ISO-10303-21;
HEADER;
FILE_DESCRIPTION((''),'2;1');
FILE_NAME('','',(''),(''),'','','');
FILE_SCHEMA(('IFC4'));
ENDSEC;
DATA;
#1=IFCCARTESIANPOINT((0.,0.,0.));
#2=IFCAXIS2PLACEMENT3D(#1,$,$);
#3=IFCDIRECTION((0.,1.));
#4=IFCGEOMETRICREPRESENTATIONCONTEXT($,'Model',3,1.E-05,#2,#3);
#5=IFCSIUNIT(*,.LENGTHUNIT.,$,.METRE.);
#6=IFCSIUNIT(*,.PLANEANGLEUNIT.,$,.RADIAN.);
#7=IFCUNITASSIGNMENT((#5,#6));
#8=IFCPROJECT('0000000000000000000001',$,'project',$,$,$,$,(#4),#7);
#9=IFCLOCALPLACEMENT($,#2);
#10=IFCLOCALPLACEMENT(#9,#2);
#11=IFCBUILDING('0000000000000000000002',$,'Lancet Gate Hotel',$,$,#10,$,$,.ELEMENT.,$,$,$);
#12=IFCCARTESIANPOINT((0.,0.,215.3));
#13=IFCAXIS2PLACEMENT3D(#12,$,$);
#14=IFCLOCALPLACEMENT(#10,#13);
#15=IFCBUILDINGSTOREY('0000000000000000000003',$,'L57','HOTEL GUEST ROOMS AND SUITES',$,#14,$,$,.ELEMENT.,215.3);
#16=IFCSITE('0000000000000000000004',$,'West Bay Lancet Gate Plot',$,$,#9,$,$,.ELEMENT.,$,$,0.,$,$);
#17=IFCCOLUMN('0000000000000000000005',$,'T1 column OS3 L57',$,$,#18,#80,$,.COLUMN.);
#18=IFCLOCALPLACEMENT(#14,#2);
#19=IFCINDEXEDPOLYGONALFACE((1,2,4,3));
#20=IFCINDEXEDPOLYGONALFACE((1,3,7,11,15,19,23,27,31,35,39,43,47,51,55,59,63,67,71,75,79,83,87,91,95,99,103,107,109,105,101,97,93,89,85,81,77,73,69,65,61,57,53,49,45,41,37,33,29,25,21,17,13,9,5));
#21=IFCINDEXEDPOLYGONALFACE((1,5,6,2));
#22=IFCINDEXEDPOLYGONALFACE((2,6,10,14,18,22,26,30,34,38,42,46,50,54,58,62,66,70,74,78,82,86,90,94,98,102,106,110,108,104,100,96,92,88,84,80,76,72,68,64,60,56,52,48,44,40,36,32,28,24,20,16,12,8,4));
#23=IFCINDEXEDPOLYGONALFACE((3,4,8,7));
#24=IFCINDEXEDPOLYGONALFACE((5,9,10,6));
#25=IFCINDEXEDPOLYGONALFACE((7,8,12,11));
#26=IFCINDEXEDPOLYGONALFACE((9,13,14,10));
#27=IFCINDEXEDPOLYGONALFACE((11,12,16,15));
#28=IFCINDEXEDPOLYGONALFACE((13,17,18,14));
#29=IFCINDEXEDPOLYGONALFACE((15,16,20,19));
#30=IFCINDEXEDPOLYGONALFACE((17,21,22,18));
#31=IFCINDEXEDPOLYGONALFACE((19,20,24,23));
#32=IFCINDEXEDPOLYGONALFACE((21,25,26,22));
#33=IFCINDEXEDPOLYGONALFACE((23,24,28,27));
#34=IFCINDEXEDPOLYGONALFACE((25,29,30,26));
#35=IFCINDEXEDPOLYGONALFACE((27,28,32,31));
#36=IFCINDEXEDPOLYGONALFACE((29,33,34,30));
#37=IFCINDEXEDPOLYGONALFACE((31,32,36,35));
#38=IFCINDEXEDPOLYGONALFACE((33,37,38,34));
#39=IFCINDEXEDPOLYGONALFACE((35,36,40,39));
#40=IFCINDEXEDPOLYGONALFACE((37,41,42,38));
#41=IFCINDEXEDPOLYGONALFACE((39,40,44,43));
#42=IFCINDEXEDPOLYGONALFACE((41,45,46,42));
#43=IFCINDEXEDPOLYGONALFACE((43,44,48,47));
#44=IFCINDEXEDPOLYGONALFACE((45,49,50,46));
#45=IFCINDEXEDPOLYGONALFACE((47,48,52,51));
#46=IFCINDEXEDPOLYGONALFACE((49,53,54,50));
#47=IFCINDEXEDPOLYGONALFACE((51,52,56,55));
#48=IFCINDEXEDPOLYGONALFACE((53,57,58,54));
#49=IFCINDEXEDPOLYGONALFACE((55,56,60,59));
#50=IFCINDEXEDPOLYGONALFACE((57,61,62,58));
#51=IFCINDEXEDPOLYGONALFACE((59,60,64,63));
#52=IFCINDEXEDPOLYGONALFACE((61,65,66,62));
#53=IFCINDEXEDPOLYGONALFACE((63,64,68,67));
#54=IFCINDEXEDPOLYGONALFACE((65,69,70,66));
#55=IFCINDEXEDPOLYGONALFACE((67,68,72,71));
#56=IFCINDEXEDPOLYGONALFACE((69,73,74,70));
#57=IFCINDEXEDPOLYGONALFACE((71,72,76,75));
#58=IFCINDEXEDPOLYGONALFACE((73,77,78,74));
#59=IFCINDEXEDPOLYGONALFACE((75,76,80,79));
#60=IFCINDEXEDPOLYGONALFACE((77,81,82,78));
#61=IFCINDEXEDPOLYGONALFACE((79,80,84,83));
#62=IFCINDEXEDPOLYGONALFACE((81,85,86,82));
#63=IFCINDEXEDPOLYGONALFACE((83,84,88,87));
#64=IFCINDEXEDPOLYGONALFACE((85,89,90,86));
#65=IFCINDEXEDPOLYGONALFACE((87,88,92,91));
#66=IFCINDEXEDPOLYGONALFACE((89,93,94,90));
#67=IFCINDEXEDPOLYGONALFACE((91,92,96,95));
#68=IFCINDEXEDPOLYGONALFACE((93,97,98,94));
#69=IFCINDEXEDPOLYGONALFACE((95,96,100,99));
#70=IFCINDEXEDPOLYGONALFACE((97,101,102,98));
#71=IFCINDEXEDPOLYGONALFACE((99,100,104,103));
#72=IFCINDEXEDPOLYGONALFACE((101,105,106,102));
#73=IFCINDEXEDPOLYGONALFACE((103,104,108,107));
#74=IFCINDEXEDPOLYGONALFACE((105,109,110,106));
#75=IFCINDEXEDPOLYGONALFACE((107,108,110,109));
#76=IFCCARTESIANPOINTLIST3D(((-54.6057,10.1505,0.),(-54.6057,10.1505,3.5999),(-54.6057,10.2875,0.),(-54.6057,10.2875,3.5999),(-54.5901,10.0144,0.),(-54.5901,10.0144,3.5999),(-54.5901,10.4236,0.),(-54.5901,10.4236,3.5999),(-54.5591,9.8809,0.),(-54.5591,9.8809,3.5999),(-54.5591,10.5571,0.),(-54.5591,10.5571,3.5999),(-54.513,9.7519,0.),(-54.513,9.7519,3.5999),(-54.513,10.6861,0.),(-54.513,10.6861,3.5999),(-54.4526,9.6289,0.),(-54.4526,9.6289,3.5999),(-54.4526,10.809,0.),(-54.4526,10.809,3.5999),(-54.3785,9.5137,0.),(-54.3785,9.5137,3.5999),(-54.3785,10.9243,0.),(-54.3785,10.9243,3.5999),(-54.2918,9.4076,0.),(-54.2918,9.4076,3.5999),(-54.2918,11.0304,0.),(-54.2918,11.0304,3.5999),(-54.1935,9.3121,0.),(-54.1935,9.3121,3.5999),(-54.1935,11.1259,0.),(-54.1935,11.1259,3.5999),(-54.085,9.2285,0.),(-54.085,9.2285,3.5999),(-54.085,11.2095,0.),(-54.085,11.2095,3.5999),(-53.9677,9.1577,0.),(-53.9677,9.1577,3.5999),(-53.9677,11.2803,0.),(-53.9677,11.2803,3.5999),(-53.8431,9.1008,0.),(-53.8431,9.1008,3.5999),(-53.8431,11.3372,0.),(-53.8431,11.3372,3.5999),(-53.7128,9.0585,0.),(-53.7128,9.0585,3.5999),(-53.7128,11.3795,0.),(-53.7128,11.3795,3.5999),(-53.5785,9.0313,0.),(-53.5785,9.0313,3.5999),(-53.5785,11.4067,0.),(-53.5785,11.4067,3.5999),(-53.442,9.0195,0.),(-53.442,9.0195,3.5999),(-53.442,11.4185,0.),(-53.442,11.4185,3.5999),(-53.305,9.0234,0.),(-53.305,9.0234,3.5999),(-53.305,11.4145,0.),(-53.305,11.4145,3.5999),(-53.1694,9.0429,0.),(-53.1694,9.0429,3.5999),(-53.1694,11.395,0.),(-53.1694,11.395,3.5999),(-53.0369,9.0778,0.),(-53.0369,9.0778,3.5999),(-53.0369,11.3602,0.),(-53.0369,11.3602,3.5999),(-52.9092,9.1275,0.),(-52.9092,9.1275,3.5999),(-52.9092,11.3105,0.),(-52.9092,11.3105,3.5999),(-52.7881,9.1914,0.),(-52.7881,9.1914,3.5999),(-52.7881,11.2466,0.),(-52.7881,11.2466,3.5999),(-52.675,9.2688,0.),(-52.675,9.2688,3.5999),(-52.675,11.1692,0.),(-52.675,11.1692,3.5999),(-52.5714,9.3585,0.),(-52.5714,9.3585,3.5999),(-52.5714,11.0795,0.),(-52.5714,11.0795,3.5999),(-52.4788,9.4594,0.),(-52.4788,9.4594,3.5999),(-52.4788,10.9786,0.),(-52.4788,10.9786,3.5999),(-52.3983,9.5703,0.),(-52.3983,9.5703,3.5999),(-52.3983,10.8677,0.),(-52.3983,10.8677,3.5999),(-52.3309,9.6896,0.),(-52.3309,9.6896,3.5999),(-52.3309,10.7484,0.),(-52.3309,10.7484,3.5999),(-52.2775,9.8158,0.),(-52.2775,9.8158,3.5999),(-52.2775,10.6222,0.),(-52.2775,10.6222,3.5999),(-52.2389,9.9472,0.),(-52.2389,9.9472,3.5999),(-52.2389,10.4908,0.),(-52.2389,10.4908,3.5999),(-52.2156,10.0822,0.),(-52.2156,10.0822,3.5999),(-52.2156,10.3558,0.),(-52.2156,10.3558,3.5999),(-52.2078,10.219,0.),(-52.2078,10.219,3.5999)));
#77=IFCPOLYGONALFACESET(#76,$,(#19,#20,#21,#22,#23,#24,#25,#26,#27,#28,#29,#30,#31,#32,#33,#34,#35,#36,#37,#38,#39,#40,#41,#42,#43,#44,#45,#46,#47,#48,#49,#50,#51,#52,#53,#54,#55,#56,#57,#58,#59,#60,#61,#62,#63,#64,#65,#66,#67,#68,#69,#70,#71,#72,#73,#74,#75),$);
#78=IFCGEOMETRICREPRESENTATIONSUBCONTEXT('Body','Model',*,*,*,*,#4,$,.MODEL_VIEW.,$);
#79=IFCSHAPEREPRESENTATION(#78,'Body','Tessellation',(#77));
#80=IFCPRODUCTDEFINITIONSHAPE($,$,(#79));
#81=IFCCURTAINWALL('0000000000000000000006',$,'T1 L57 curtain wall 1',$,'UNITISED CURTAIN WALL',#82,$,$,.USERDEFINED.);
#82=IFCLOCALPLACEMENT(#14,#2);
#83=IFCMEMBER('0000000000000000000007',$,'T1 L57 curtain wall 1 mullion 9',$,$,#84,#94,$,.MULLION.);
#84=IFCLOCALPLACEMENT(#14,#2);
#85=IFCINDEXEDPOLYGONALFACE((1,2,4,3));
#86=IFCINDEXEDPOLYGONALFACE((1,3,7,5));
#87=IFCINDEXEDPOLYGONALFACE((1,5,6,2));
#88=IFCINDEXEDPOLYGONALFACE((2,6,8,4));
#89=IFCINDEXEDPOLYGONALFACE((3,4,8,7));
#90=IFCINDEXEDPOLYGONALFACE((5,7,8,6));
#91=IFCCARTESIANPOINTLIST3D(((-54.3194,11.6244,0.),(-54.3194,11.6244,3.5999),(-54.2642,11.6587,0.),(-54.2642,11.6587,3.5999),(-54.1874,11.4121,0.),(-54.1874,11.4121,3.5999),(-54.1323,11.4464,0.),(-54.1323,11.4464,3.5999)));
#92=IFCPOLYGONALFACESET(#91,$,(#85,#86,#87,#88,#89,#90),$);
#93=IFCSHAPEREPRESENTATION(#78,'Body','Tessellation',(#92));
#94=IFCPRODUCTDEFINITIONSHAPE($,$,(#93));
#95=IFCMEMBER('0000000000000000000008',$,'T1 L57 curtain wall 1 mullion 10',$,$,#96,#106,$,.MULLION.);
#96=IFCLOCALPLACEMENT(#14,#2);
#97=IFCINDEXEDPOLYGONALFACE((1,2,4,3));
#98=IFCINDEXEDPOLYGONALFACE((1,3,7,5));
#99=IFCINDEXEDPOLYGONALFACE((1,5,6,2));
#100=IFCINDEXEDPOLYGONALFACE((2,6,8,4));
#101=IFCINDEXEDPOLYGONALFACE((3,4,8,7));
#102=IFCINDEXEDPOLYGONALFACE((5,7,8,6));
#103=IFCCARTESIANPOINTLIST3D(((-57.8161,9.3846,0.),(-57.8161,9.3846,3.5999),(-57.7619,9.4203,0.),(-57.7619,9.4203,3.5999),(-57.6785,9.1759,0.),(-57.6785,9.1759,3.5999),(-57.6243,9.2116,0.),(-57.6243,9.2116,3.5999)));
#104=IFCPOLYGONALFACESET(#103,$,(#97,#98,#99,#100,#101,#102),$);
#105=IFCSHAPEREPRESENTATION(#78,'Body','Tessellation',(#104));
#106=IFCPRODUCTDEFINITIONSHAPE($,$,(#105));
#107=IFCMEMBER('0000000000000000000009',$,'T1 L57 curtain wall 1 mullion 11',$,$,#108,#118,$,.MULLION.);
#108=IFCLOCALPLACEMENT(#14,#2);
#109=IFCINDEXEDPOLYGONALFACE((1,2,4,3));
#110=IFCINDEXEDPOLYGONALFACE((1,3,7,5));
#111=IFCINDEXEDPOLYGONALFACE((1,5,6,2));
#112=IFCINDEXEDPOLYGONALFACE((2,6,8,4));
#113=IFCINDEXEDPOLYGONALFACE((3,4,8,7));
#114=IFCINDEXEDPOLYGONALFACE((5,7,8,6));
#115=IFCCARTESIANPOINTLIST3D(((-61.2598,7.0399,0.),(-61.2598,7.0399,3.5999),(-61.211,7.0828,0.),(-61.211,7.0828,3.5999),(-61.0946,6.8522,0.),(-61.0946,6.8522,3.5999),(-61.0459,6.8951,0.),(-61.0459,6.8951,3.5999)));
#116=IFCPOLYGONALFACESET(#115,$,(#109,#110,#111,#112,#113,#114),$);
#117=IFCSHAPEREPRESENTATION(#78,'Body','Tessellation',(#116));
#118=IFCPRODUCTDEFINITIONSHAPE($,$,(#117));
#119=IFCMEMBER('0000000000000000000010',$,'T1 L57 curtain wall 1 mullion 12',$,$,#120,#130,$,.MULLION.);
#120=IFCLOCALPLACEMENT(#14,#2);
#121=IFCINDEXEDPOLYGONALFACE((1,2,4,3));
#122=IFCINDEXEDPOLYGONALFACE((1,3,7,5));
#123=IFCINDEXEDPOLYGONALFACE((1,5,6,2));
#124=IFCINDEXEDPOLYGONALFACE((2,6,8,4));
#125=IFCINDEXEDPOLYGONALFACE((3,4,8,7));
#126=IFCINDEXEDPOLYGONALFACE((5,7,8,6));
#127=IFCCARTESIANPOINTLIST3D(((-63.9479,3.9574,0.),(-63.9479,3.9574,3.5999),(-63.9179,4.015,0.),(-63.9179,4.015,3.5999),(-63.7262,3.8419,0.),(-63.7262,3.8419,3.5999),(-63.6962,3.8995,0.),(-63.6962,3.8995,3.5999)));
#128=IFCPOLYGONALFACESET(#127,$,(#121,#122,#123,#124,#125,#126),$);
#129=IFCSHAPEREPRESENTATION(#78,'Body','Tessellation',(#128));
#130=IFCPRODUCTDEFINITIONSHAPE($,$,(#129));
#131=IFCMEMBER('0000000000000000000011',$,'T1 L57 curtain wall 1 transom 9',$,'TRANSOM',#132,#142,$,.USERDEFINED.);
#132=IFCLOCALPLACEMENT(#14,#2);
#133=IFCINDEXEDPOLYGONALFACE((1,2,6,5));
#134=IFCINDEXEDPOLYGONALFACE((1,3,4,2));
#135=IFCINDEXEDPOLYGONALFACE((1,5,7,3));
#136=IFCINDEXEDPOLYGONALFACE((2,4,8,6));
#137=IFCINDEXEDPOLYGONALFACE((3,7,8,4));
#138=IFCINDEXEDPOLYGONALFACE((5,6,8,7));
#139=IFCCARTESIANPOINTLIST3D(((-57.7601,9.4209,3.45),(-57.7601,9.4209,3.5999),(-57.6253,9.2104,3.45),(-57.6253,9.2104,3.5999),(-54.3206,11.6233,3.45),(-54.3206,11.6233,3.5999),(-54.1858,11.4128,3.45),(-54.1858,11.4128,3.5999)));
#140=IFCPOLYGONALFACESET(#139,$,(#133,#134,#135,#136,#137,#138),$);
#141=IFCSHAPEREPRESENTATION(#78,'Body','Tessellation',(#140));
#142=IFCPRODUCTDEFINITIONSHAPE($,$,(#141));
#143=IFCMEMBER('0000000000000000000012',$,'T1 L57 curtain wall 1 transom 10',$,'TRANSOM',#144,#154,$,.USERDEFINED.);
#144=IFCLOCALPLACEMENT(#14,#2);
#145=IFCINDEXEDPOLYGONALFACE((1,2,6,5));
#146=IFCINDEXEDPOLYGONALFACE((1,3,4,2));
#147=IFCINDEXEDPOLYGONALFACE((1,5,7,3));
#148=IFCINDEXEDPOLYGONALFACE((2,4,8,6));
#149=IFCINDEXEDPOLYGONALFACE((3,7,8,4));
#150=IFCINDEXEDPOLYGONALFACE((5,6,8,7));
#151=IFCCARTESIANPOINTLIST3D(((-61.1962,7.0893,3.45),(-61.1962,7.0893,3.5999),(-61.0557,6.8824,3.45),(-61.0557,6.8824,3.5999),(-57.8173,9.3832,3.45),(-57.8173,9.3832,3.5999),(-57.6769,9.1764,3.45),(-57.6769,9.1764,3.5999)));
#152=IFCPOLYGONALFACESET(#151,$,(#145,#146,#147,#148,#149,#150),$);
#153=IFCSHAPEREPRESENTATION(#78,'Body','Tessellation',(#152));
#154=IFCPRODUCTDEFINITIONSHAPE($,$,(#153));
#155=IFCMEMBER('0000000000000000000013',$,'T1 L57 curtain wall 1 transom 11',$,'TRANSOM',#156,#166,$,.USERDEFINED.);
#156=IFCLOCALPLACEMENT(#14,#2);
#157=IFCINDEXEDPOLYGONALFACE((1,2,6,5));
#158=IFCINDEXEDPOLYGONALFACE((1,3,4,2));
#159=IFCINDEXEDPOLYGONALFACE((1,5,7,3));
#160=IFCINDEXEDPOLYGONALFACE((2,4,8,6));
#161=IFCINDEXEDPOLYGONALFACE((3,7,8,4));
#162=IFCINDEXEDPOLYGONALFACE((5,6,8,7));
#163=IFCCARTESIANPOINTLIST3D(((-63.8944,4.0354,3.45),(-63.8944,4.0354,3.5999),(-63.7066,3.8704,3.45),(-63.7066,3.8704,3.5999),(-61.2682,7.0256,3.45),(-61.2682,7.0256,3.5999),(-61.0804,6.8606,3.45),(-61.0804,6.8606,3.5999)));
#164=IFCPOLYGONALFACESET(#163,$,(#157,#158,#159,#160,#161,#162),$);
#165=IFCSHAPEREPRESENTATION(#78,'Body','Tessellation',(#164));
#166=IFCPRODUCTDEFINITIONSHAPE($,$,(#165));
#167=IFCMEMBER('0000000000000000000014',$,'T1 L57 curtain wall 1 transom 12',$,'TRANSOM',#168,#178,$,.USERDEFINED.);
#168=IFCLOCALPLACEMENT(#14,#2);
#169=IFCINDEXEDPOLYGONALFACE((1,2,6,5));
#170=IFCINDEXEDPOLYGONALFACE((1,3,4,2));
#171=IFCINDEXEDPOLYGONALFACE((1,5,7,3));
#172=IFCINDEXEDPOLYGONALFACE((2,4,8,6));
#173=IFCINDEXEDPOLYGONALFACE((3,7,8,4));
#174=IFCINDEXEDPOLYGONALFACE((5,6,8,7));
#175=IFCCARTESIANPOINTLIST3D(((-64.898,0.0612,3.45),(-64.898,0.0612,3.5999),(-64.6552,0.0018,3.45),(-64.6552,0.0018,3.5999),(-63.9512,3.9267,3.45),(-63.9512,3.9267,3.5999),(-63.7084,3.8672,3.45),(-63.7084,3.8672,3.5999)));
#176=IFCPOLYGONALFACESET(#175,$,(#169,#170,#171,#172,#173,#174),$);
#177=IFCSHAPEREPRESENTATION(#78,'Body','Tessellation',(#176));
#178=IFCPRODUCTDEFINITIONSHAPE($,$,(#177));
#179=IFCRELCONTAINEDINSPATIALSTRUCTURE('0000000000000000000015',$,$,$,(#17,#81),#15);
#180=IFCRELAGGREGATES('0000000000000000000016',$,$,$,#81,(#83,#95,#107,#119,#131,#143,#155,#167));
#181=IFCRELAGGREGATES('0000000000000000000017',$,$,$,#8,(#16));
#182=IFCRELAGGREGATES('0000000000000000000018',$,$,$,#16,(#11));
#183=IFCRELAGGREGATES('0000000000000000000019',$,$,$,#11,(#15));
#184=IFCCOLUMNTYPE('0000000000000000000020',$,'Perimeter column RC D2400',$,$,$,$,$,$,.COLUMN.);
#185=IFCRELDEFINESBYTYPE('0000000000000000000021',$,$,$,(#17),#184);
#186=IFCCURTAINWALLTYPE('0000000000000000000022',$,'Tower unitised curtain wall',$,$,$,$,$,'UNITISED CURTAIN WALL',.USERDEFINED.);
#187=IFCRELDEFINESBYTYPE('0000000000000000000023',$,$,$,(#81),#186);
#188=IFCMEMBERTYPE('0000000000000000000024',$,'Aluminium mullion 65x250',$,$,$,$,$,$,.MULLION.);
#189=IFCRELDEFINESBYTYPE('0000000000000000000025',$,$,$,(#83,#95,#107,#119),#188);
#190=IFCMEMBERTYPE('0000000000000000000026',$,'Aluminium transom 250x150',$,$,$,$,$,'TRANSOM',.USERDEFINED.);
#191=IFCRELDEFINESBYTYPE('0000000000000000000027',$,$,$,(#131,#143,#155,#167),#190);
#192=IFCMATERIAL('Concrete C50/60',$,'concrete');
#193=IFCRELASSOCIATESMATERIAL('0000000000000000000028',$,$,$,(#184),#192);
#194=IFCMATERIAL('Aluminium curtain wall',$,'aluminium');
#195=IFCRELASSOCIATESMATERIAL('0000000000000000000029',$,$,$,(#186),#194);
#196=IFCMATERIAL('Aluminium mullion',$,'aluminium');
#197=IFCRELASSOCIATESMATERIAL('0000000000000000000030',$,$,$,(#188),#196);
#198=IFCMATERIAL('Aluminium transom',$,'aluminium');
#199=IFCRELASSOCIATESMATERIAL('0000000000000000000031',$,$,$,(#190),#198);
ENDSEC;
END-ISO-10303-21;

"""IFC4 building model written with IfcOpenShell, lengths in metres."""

from ifc_helpers import new_model, si_unit, direction, frame, origin, origin_2d, place, context, subcontext, project, spatial, rectangle, circle, extrude, material, material_profile, profile_set, type_object, element, aggregate, save


model = new_model("IFC4")

# Units and contexts
model_context = context("Model", 3, precision=1e-05, world=origin(), true_north=direction((0.0, 1.0)))
body_context = subcontext(model_context, "Body", "Model", "MODEL_VIEW")
ifc_project = project(units=[si_unit("LENGTHUNIT", "METRE"), si_unit("PLANEANGLEUNIT", "RADIAN")], contexts=[model_context])

# Site, building, storey
site_placement = place(None, origin())
site = spatial("IfcSite", under=ifc_project, at=site_placement, Name="West Bay Lancet Gate Plot", CompositionType="ELEMENT", RefElevation=0.0)
building_placement = place(site_placement, origin())
building = spatial("IfcBuilding", under=site, at=building_placement, Name="Lancet Gate Hotel", CompositionType="ELEMENT")
storey_placement = place(building_placement, frame((0.0, 0.0, 215.3)))
storey = spatial("IfcBuildingStorey", under=building, at=storey_placement, Name="L57", Description="HOTEL GUEST ROOMS AND SUITES", CompositionType="ELEMENT", Elevation=215.3)

# Column
ifc_material_1 = material(Name="Concrete C50/60", Category="concrete")
ifc_material_profile_1 = material_profile(ifc_material_1, circle(Radius=1.2, at=origin_2d()), Name="RC D2400")
ifc_profile_set_1 = profile_set([ifc_material_profile_1], Name="Concrete C50/60")
column_type = type_object("IfcColumnType", Name="Perimeter column RC D2400", PredefinedType="COLUMN", material=ifc_profile_set_1)
column_placement = place(storey_placement, frame((-53.4077, 10.219, 0.0), z_axis=(0.0, 0.0, 1.0), x_axis=(1.0, 0.0, 0.0)))
element("IfcColumn", 1, at=column_placement, inside=storey, type_object=column_type, Name="T1 column OS3 L57", PredefinedType="COLUMN", context=body_context, shape_type="SweptSolid", body=[
    extrude(circle(Radius=1.2, at=origin_2d()), origin(), (0.0, 0.0, 1.0), 3.5999),
])

# Curtain wall, members
ifc_material_2 = material(Name="Aluminium curtain wall", Category="aluminium")
curtain_wall_type = type_object("IfcCurtainWallType", Name="Tower unitised curtain wall", ElementType="UNITISED CURTAIN WALL", PredefinedType="USERDEFINED", material=ifc_material_2)
curtain_wall_placement = place(storey_placement, origin())
curtain_wall = element("IfcCurtainWall", 2, at=curtain_wall_placement, inside=storey, type_object=curtain_wall_type, Name="T1 L57 curtain wall 1", ObjectType="UNITISED CURTAIN WALL", PredefinedType="USERDEFINED")
ifc_material_3 = material(Name="Aluminium mullion", Category="aluminium")
ifc_material_profile_2 = material_profile(ifc_material_3, rectangle(XDim=0.0649, YDim=0.25, at=origin_2d()), Name="MULLION 65x250")
ifc_profile_set_2 = profile_set([ifc_material_profile_2], Name="Aluminium mullion")
member_type_1 = type_object("IfcMemberType", Name="Aluminium mullion 65x250", PredefinedType="MULLION", material=ifc_profile_set_2)
member_1_placement = place(storey_placement, frame((-54.2258, 11.5354, 0.0), z_axis=(0.0, 0.0, 1.0), x_axis=(-0.849342, -0.527842, 0.0)))
member_1 = element("IfcMember", 3, at=member_1_placement, type_object=member_type_1, Name="T1 L57 curtain wall 1 mullion 9", PredefinedType="MULLION", context=body_context, shape_type="SweptSolid", body=[
    extrude(rectangle(XDim=0.0649, YDim=0.25, at=origin_2d()), origin(), (0.0, 0.0, 1.0), 3.5999),
])
member_2_placement = place(storey_placement, frame((-57.7202, 9.2981, 0.0), z_axis=(0.0, 0.0, 1.0), x_axis=(-0.834827, -0.550512, 0.0)))
member_2 = element("IfcMember", 4, at=member_2_placement, type_object=member_type_1, Name="T1 L57 curtain wall 1 mullion 10", PredefinedType="MULLION", context=body_context, shape_type="SweptSolid", body=[
    extrude(rectangle(XDim=0.0649, YDim=0.25, at=origin_2d()), origin(), (0.0, 0.0, 1.0), 3.5999),
])
member_3_placement = place(storey_placement, frame((-61.1528, 6.9675, 0.0), z_axis=(0.0, 0.0, 1.0), x_axis=(-0.750716, -0.660626, 0.0)))
member_3 = element("IfcMember", 5, at=member_3_placement, type_object=member_type_1, Name="T1 L57 curtain wall 1 mullion 11", PredefinedType="MULLION", context=body_context, shape_type="SweptSolid", body=[
    extrude(rectangle(XDim=0.0649, YDim=0.25, at=origin_2d()), origin(), (0.0, 0.0, 1.0), 3.5999),
])
member_4_placement = place(storey_placement, frame((-63.822, 3.9285, 0.0), z_axis=(0.0, 0.0, 1.0), x_axis=(-0.462178, -0.886787, 0.0)))
member_4 = element("IfcMember", 6, at=member_4_placement, type_object=member_type_1, Name="T1 L57 curtain wall 1 mullion 12", PredefinedType="MULLION", context=body_context, shape_type="SweptSolid", body=[
    extrude(rectangle(XDim=0.0649, YDim=0.25, at=origin_2d()), origin(), (0.0, 0.0, 1.0), 3.5999),
])
ifc_material_4 = material(Name="Aluminium transom", Category="aluminium")
ifc_material_profile_3 = material_profile(ifc_material_4, rectangle(XDim=0.25, YDim=0.1499, at=origin_2d()), Name="TRANSOM 250x150")
ifc_profile_set_3 = profile_set([ifc_material_profile_3], Name="Aluminium transom")
member_type_2 = type_object("IfcMemberType", Name="Aluminium transom 250x150", ElementType="TRANSOM", PredefinedType="USERDEFINED", material=ifc_profile_set_3)
member_5_placement = place(storey_placement, frame((-54.2532, 11.5181, 3.5249), z_axis=(-0.842144, -0.539252, 0.0), x_axis=(0.539252, -0.842144, 0.0)))
member_5 = element("IfcMember", 7, at=member_5_placement, type_object=member_type_2, Name="T1 L57 curtain wall 1 transom 9", ObjectType="TRANSOM", PredefinedType="USERDEFINED", context=body_context, shape_type="SweptSolid", body=[
    extrude(rectangle(XDim=0.25, YDim=0.1499, at=origin_2d()), origin(), (0.0, 0.0, 1.0), 4.0842),
])
member_6_placement = place(storey_placement, frame((-57.7471, 9.2798, 3.5249), z_axis=(-0.827349, -0.561689, 0.0), x_axis=(0.561689, -0.827349, 0.0)))
member_6 = element("IfcMember", 8, at=member_6_placement, type_object=member_type_2, Name="T1 L57 curtain wall 1 transom 10", ObjectType="TRANSOM", PredefinedType="USERDEFINED", context=body_context, shape_type="SweptSolid", body=[
    extrude(rectangle(XDim=0.25, YDim=0.1499, at=origin_2d()), origin(), (0.0, 0.0, 1.0), 4.084),
])
member_7_placement = place(storey_placement, frame((-61.1743, 6.9431, 3.5249), z_axis=(-0.659893, -0.751359, 0.0), x_axis=(0.751359, -0.659893, 0.0)))
member_7 = element("IfcMember", 9, at=member_7_placement, type_object=member_type_2, Name="T1 L57 curtain wall 1 transom 11", ObjectType="TRANSOM", PredefinedType="USERDEFINED", context=body_context, shape_type="SweptSolid", body=[
    extrude(rectangle(XDim=0.25, YDim=0.1499, at=origin_2d()), origin(), (0.0, 0.0, 1.0), 3.9797),
])
member_8_placement = place(storey_placement, frame((-63.8298, 3.897, 3.5249), z_axis=(-0.237899, -0.97129, 0.0), x_axis=(0.97129, -0.237899, 0.0)))
member_8 = element("IfcMember", 10, at=member_8_placement, type_object=member_type_2, Name="T1 L57 curtain wall 1 transom 12", ObjectType="TRANSOM", PredefinedType="USERDEFINED", context=body_context, shape_type="SweptSolid", body=[
    extrude(rectangle(XDim=0.25, YDim=0.1499, at=origin_2d()), origin(), (0.0, 0.0, 1.0), 3.9797),
])

aggregate(curtain_wall, [member_1, member_2, member_3, member_4, member_5, member_6, member_7, member_8])

save(model, "model.ifc")
